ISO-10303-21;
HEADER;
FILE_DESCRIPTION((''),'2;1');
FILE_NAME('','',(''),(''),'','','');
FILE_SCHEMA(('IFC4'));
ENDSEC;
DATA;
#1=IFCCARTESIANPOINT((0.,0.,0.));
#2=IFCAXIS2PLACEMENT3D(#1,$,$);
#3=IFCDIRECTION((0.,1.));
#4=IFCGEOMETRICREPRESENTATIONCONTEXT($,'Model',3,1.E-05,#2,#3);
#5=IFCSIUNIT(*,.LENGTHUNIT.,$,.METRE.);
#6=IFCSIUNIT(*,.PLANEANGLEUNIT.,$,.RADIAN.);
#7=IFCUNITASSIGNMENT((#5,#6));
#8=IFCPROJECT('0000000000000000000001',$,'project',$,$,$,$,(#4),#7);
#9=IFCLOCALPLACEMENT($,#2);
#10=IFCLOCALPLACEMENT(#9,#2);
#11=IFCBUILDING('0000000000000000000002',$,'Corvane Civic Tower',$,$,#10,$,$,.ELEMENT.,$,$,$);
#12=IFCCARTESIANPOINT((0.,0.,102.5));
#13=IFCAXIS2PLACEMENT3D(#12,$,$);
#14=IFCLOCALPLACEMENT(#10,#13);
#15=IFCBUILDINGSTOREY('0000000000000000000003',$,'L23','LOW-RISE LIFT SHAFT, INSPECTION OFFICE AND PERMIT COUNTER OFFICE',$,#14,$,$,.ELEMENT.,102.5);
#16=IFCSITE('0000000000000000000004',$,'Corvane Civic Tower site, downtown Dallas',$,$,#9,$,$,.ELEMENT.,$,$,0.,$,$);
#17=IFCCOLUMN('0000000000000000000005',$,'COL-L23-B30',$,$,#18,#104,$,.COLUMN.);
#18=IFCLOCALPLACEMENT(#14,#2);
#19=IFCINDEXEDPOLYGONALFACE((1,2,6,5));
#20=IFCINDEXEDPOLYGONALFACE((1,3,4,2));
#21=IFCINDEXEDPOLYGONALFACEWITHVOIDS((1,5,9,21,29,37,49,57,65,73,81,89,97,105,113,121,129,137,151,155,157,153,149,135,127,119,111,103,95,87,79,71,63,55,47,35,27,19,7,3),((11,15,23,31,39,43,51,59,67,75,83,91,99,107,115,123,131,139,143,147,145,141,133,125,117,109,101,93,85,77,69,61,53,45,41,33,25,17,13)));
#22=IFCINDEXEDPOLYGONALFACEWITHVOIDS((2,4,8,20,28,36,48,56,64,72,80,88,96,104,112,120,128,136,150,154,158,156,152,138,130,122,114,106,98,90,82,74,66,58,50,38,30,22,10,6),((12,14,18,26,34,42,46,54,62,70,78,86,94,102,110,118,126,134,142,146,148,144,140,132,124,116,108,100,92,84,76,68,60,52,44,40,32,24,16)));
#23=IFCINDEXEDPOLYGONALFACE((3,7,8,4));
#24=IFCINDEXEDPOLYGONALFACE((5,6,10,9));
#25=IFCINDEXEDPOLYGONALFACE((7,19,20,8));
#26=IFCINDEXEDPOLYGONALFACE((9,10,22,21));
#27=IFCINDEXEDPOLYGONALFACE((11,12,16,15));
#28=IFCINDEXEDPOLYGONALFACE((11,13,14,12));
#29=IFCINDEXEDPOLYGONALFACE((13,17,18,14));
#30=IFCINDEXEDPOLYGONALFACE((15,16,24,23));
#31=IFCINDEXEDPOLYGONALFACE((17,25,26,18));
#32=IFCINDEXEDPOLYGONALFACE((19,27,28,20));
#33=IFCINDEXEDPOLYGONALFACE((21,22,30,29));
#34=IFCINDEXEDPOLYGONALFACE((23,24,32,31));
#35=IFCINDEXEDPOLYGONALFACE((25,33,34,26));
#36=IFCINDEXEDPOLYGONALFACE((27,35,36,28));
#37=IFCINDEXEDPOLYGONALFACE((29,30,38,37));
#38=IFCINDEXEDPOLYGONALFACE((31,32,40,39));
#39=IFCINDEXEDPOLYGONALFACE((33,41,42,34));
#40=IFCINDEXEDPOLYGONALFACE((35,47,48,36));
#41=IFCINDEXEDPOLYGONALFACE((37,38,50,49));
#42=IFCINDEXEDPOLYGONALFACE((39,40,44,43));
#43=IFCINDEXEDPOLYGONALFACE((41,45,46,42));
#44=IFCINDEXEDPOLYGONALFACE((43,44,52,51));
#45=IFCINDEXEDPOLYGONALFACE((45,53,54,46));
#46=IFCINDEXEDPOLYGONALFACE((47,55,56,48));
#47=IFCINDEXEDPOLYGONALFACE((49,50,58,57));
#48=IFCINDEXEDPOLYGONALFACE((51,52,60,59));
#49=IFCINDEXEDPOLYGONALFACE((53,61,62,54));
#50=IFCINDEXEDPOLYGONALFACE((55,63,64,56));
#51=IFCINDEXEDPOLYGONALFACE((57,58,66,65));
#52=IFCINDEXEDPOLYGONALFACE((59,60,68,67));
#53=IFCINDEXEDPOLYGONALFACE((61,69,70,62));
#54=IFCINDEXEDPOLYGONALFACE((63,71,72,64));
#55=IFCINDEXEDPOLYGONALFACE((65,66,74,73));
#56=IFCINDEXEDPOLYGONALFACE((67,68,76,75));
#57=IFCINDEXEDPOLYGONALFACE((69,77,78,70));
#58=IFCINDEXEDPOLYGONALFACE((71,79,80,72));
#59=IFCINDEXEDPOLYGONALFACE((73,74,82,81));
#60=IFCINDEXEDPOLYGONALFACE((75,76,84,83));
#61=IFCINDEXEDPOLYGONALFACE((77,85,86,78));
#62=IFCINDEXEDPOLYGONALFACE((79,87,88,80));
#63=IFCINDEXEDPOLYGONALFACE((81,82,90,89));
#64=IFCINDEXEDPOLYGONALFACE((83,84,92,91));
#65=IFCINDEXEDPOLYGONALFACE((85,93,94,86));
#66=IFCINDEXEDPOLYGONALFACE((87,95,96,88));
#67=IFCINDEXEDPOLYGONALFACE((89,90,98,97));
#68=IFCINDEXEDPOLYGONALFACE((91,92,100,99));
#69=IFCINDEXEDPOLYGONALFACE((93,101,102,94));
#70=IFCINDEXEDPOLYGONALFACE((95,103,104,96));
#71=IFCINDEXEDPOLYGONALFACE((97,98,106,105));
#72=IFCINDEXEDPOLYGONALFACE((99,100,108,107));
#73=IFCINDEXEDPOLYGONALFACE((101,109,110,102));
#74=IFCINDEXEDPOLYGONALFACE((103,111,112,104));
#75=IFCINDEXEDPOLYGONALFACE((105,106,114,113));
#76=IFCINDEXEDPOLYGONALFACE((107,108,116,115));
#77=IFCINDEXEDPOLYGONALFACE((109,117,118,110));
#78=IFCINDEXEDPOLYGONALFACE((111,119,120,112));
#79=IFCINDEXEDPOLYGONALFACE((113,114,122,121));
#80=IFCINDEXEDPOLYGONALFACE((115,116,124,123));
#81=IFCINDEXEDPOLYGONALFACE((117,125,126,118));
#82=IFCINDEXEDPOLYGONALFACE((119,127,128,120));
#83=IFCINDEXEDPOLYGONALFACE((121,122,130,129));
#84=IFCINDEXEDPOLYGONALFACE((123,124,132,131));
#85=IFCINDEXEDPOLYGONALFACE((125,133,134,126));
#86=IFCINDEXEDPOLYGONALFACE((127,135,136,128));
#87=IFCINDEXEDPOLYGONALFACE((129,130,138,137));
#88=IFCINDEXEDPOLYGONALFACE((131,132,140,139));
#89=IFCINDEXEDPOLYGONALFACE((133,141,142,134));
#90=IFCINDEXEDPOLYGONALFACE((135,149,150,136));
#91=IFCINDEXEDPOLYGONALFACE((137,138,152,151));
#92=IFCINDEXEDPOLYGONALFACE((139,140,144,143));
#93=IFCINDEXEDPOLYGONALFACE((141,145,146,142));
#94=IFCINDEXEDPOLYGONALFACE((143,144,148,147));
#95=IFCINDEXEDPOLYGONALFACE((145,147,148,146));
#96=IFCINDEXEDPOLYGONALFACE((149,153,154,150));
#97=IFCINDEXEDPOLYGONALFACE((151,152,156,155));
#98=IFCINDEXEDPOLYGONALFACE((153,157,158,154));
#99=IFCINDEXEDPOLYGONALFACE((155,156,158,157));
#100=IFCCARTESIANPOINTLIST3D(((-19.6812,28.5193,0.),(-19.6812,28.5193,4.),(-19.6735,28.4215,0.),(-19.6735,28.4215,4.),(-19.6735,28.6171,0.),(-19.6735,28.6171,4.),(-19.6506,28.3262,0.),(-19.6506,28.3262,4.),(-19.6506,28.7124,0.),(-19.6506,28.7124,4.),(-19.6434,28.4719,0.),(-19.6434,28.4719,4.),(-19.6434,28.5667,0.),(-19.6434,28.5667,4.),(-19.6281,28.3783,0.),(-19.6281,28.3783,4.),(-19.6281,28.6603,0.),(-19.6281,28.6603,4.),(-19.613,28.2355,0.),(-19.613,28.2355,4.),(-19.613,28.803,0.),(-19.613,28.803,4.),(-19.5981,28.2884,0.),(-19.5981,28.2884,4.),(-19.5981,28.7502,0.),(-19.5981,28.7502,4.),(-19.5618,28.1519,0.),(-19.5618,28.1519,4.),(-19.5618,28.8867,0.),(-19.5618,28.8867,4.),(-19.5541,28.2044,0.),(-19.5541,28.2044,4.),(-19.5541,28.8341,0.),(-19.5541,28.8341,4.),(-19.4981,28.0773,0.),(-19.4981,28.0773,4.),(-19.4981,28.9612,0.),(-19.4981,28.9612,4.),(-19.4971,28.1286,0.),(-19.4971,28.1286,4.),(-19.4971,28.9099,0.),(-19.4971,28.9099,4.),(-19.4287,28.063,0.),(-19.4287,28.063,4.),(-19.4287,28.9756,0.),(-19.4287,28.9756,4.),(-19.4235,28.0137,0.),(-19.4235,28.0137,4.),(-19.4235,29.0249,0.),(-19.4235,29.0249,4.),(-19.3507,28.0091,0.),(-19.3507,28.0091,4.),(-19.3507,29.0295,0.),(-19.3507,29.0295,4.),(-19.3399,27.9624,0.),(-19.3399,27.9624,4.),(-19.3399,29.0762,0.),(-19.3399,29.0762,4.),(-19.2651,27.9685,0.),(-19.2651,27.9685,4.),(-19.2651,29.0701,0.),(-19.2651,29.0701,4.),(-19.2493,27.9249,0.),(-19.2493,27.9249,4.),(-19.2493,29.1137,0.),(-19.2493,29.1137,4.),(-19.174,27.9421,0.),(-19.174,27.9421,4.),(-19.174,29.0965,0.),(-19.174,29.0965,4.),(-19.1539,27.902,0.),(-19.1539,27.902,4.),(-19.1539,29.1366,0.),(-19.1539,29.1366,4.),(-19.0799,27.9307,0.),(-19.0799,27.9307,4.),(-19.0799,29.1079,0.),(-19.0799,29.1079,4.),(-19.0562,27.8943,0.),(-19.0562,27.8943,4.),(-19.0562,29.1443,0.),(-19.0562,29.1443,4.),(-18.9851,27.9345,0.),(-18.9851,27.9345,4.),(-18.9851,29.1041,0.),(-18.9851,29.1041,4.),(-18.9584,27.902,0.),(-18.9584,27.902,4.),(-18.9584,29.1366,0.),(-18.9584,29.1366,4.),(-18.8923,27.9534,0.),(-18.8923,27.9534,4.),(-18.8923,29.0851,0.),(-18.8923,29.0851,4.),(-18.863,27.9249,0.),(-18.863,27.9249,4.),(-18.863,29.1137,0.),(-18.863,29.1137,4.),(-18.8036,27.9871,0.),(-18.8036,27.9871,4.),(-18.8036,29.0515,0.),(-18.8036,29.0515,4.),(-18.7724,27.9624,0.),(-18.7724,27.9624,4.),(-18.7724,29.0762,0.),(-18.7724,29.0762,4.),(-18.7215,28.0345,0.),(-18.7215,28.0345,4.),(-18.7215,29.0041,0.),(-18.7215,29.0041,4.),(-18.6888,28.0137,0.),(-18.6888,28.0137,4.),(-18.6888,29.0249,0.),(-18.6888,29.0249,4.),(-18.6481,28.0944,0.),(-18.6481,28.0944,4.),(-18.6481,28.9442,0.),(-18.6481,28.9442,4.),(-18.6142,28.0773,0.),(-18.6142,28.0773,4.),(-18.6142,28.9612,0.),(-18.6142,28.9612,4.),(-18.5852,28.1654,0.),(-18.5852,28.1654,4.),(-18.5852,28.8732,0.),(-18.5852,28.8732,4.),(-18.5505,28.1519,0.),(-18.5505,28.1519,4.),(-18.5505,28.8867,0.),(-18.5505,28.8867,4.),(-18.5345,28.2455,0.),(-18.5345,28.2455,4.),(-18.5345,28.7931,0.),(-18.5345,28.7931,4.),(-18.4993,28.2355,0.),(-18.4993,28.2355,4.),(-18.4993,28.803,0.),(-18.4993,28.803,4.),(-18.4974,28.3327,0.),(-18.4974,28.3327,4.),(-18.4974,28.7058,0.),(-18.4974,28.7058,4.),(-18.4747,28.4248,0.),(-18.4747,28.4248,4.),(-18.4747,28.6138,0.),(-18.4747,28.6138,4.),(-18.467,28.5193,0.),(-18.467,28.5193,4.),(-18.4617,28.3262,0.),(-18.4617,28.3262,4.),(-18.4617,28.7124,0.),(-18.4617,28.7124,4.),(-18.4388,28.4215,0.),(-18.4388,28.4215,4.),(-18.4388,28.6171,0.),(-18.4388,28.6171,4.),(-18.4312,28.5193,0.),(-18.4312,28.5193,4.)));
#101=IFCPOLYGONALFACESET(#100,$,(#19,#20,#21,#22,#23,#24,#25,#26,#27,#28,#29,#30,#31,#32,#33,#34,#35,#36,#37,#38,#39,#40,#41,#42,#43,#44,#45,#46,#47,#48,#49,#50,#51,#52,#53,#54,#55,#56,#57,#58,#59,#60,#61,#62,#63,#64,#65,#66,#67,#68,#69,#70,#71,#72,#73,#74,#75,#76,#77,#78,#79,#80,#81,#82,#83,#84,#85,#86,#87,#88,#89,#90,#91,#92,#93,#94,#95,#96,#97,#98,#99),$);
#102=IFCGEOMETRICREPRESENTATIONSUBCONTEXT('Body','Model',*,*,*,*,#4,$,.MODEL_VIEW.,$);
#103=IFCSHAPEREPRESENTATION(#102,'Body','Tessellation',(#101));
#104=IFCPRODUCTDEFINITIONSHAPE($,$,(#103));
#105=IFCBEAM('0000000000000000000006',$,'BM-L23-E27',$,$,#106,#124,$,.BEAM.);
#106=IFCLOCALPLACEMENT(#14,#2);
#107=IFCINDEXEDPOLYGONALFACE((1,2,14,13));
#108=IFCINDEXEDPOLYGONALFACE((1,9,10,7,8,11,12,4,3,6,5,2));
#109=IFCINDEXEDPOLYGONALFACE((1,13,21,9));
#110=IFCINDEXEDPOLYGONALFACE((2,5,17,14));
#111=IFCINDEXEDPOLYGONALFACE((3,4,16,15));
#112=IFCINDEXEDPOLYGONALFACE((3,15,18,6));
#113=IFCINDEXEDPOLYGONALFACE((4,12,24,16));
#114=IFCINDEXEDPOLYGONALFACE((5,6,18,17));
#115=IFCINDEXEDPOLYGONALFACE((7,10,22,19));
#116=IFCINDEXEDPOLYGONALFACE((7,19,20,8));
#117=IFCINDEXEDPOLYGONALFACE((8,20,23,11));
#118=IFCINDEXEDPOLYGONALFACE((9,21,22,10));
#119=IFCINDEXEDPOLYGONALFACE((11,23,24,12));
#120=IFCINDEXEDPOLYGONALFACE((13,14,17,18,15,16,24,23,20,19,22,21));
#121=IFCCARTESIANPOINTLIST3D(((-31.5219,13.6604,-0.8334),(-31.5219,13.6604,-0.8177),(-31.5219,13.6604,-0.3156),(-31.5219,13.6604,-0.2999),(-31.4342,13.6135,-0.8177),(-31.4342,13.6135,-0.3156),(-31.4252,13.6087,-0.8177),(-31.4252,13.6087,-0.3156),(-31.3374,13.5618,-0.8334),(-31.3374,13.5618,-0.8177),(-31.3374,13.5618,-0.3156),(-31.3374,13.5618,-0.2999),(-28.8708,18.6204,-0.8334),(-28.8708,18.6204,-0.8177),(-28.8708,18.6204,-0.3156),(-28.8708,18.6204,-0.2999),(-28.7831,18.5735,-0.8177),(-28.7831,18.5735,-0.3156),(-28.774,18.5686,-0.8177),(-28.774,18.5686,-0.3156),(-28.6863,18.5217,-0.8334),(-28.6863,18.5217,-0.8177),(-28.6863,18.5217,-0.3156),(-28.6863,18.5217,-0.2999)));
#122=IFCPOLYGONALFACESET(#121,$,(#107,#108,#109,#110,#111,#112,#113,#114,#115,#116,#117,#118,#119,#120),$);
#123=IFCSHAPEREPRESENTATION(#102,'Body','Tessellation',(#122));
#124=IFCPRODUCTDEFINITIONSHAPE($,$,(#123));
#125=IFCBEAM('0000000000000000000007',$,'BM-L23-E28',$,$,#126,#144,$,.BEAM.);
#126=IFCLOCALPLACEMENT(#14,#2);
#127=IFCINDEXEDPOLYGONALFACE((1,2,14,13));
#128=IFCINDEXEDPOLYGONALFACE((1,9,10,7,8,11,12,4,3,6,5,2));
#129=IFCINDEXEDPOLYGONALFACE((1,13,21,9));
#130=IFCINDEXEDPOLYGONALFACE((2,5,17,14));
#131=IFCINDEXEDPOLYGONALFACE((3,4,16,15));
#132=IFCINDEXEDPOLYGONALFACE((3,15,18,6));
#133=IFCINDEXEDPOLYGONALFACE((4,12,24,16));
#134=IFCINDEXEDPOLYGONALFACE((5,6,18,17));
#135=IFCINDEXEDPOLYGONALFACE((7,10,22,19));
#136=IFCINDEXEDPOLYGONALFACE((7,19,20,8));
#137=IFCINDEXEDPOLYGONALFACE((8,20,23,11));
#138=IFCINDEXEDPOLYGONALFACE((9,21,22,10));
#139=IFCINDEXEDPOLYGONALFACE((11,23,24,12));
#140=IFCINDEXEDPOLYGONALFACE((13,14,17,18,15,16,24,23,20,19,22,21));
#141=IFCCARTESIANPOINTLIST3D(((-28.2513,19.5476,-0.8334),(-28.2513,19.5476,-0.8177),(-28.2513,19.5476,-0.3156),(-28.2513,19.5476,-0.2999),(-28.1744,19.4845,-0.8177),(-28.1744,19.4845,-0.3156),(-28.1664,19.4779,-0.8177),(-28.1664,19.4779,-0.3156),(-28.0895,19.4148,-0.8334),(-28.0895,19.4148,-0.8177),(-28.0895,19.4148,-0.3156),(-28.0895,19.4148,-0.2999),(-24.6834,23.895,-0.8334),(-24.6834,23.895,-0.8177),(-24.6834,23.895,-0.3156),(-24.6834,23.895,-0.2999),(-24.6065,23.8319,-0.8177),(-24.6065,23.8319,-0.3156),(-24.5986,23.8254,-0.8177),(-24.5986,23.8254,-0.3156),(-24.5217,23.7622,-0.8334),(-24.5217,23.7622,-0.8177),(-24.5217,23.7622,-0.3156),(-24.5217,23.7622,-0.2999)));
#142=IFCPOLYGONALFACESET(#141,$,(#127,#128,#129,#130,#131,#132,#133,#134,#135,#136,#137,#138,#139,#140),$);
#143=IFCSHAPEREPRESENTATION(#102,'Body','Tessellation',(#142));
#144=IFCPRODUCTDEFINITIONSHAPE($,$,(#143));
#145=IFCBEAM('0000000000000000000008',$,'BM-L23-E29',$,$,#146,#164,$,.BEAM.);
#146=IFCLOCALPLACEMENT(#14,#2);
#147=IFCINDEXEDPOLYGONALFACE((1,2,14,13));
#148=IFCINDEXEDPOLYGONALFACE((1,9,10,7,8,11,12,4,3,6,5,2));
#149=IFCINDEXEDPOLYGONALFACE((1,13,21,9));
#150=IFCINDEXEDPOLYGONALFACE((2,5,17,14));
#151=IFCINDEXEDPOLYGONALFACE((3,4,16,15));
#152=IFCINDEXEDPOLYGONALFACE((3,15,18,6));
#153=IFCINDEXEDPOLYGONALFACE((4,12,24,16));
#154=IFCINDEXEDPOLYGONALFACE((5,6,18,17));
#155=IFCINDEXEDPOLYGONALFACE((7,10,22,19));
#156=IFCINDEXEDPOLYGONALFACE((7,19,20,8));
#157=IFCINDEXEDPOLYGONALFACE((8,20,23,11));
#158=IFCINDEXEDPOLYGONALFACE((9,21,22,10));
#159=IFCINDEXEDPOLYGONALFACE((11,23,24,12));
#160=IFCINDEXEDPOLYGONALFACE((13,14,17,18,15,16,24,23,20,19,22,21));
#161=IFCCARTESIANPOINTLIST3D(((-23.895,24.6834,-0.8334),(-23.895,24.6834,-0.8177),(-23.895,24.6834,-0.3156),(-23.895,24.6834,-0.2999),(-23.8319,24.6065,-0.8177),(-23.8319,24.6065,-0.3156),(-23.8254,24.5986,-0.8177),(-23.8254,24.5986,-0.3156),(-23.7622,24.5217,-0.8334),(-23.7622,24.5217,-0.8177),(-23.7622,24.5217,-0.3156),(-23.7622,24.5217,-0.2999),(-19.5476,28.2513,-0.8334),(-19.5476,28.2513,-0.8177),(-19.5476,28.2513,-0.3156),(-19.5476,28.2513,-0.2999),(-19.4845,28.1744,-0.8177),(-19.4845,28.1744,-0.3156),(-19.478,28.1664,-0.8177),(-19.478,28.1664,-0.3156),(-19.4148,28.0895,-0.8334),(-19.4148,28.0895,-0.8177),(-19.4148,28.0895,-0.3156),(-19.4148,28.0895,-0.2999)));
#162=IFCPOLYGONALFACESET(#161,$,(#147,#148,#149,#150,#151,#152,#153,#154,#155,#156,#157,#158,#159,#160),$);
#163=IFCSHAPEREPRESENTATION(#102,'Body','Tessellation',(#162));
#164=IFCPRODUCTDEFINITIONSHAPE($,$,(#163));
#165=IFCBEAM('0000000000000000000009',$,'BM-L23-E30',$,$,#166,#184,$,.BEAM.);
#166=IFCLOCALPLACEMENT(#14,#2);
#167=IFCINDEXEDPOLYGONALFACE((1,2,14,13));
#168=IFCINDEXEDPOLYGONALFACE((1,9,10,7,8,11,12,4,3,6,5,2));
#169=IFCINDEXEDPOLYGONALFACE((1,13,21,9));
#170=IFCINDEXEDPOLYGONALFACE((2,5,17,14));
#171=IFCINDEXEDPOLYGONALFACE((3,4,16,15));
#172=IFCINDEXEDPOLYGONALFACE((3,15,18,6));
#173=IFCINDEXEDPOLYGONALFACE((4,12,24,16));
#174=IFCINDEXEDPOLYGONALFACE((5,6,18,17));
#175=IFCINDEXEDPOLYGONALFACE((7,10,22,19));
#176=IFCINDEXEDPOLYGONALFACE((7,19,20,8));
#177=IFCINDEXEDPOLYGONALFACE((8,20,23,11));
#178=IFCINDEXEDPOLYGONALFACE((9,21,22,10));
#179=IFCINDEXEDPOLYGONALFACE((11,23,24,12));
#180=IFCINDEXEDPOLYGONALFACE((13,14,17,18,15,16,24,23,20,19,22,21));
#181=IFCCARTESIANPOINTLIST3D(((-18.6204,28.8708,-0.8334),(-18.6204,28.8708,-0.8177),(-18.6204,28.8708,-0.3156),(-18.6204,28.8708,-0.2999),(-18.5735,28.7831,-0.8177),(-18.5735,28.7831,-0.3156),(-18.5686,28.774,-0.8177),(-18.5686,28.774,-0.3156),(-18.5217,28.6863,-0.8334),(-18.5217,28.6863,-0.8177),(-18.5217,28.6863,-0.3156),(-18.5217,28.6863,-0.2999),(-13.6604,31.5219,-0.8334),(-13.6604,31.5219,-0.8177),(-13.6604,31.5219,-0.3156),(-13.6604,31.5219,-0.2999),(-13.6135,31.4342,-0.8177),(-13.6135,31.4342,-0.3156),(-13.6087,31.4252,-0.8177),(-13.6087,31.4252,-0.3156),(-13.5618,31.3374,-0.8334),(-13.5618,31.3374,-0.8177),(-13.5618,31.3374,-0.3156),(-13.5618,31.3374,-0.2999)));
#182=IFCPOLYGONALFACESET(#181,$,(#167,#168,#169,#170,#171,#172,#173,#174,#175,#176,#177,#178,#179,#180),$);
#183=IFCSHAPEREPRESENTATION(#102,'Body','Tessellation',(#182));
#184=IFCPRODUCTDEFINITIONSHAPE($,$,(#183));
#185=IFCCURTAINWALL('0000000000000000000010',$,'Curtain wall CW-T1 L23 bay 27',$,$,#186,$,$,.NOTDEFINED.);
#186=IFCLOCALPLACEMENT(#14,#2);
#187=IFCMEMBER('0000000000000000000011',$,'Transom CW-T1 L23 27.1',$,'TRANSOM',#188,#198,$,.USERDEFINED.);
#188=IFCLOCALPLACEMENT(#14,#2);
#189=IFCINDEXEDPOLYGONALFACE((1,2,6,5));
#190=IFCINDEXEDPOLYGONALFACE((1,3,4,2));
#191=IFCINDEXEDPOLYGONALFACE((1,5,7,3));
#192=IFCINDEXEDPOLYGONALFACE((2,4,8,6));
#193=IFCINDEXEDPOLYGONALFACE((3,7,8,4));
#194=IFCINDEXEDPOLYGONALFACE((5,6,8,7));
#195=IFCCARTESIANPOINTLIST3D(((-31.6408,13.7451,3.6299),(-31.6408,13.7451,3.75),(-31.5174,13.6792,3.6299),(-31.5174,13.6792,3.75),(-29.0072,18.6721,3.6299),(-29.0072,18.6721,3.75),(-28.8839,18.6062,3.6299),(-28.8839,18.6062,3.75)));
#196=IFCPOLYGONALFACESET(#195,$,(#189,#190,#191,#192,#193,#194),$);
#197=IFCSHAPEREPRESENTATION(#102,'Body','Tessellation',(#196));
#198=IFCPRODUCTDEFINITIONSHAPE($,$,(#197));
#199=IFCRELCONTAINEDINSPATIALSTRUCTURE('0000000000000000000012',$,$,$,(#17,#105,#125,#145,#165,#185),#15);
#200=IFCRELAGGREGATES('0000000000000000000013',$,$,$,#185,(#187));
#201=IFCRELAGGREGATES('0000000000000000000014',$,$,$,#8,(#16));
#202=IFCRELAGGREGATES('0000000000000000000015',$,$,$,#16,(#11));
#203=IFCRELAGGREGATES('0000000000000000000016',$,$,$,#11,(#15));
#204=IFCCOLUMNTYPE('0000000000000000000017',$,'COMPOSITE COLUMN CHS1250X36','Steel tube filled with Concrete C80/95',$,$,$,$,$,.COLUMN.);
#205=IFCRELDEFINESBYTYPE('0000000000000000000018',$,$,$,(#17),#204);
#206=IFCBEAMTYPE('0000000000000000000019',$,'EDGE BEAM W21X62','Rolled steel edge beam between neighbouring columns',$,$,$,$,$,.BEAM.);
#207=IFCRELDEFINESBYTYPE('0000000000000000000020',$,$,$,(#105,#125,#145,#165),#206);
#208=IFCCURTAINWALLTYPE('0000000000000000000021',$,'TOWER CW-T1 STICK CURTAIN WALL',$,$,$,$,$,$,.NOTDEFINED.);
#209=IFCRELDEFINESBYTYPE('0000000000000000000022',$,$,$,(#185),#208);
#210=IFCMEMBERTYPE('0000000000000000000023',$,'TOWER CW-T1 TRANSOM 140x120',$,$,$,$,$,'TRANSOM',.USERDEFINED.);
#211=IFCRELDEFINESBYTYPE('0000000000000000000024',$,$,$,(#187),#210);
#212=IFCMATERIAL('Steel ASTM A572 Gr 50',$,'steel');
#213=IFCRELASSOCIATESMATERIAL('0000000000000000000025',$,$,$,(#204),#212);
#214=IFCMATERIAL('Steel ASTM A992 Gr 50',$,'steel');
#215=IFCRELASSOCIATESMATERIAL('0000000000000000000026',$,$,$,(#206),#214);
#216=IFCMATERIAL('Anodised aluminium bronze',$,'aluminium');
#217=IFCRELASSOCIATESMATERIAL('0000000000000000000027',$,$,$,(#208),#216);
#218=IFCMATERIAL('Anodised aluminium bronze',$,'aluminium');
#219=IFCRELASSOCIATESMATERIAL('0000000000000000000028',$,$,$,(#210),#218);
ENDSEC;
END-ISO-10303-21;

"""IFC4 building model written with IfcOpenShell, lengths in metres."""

from ifc_helpers import new_model, si_unit, direction, frame, origin, origin_2d, place, context, subcontext, project, spatial, rectangle, hollow_circle, i_section, extrude, material, material_profile, profile_set, type_object, element, aggregate, save


model = new_model("IFC4")

# Units and contexts
model_context = context("Model", 3, precision=1e-05, world=origin(), true_north=direction((0.0, 1.0)))
body_context = subcontext(model_context, "Body", "Model", "MODEL_VIEW")
ifc_project = project(units=[si_unit("LENGTHUNIT", "METRE"), si_unit("PLANEANGLEUNIT", "RADIAN")], contexts=[model_context])

# Site, building, storey
site_placement = place(None, origin())
site = spatial("IfcSite", under=ifc_project, at=site_placement, Name="Corvane Civic Tower site, downtown Dallas", CompositionType="ELEMENT", RefElevation=0.0)
building_placement = place(site_placement, origin())
building = spatial("IfcBuilding", under=site, at=building_placement, Name="Corvane Civic Tower", CompositionType="ELEMENT")
storey_placement = place(building_placement, frame((0.0, 0.0, 102.5)))
storey = spatial("IfcBuildingStorey", under=building, at=storey_placement, Name="L23", Description="LOW-RISE LIFT SHAFT, INSPECTION OFFICE AND PERMIT COUNTER OFFICE", CompositionType="ELEMENT", Elevation=102.5)

# Column
ifc_material_1 = material(Name="Steel ASTM A572 Gr 50", Category="steel")
ifc_material_profile_1 = material_profile(ifc_material_1, hollow_circle(Radius=0.625, WallThickness=0.0359, at=origin_2d()), Name="CHS1250X36")
ifc_profile_set_1 = profile_set([ifc_material_profile_1], Name="Steel ASTM A572 Gr 50")
column_type = type_object("IfcColumnType", Name="COMPOSITE COLUMN CHS1250X36", Description="Steel tube filled with Concrete C80/95", PredefinedType="COLUMN", material=ifc_profile_set_1)
for number, where, z_axis, x_axis, name in (
    (1, (-19.0562, 28.5193, 0.0), (0.0, 0.0, 1.0), (1.0, 0.0, 0.0), "COL-L23-B30"),
):
    element("IfcColumn", number, at=place(storey_placement, frame(where, z_axis=z_axis, x_axis=x_axis)), inside=storey, type_object=column_type, Name=name, PredefinedType="COLUMN", context=body_context, shape_type="SweptSolid", body=[
        extrude(hollow_circle(Radius=0.625, WallThickness=0.0359, at=origin_2d()), origin(), (0.0, 0.0, 1.0), 4.0),
    ])

# Beams
ifc_material_2 = material(Name="Steel ASTM A992 Gr 50", Category="steel")
ifc_material_profile_2 = material_profile(ifc_material_2, i_section(OverallWidth=0.2092, OverallDepth=0.5334, WebThickness=0.0103, FlangeThickness=0.0156, at=origin_2d()), Name="W21X62")
ifc_profile_set_2 = profile_set([ifc_material_profile_2], Name="Steel ASTM A992 Gr 50")
beam_type = type_object("IfcBeamType", Name="EDGE BEAM W21X62", Description="Rolled steel edge beam between neighbouring columns", PredefinedType="BEAM", material=ifc_profile_set_2)
for number, where, z_axis, x_axis, name in (
    (2, (-31.4297, 13.6111, -0.5667), (0.471392, 0.881924, 0.0), (-0.881924, 0.471392, 0.0), "BM-L23-E27"),
    (3, (-28.1704, 19.4812, -0.5667), (0.634398, 0.773007, 0.0), (-0.773007, 0.634398, 0.0), "BM-L23-E28"),
    (4, (-23.8286, 24.6025, -0.5667), (0.773007, 0.634398, 0.0), (-0.634398, 0.773007, 0.0), "BM-L23-E29"),
    (5, (-18.571, 28.7786, -0.5667), (0.881924, 0.471392, 0.0), (-0.471392, 0.881924, 0.0), "BM-L23-E30"),
):
    element("IfcBeam", number, at=place(storey_placement, frame(where, z_axis=z_axis, x_axis=x_axis)), inside=storey, type_object=beam_type, Name=name, PredefinedType="BEAM", context=body_context, shape_type="SweptSolid", body=[
        extrude(i_section(OverallWidth=0.2092, OverallDepth=0.5334, WebThickness=0.0103, FlangeThickness=0.0156, at=origin_2d()), origin(), (0.0, 0.0, 1.0), 5.624),
    ])

# Curtain wall, member
ifc_material_3 = material(Name="Anodised aluminium bronze", Category="aluminium")
curtain_wall_type = type_object("IfcCurtainWallType", Name="TOWER CW-T1 STICK CURTAIN WALL", PredefinedType="NOTDEFINED", material=ifc_material_3)
curtain_wall_1_placement = place(storey_placement, origin())
curtain_wall_1 = element("IfcCurtainWall", 6, at=curtain_wall_1_placement, inside=storey, type_object=curtain_wall_type, Name="Curtain wall CW-T1 L23 bay 27", PredefinedType="NOTDEFINED")
ifc_material_4 = material(Name="Anodised aluminium bronze", Category="aluminium")
ifc_material_profile_3 = material_profile(ifc_material_4, rectangle(XDim=0.1399, YDim=0.1201, at=origin_2d()), Name="TOWER CW-T1 TRANSOM 140x120")
ifc_profile_set_3 = profile_set([ifc_material_profile_3], Name="Anodised aluminium bronze")
member_type = type_object("IfcMemberType", Name="TOWER CW-T1 TRANSOM 140x120", ElementType="TRANSOM", PredefinedType="USERDEFINED", material=ifc_profile_set_3)
member_1_placement = place(storey_placement, frame((-31.5791, 13.7122, 3.6899), z_axis=(0.471398, 0.881921, 0.0), x_axis=(-0.881921, 0.471398, 0.0)))
member_1 = element("IfcMember", 7, at=member_1_placement, type_object=member_type, Name="Transom CW-T1 L23 27.1", ObjectType="TRANSOM", PredefinedType="USERDEFINED", context=body_context, shape_type="SweptSolid", body=[
    extrude(rectangle(XDim=0.1399, YDim=0.1201, at=origin_2d()), origin(), (0.0, 0.0, 1.0), 5.5867),
])

aggregate(curtain_wall_1, [member_1])

save(model, "model.ifc")
